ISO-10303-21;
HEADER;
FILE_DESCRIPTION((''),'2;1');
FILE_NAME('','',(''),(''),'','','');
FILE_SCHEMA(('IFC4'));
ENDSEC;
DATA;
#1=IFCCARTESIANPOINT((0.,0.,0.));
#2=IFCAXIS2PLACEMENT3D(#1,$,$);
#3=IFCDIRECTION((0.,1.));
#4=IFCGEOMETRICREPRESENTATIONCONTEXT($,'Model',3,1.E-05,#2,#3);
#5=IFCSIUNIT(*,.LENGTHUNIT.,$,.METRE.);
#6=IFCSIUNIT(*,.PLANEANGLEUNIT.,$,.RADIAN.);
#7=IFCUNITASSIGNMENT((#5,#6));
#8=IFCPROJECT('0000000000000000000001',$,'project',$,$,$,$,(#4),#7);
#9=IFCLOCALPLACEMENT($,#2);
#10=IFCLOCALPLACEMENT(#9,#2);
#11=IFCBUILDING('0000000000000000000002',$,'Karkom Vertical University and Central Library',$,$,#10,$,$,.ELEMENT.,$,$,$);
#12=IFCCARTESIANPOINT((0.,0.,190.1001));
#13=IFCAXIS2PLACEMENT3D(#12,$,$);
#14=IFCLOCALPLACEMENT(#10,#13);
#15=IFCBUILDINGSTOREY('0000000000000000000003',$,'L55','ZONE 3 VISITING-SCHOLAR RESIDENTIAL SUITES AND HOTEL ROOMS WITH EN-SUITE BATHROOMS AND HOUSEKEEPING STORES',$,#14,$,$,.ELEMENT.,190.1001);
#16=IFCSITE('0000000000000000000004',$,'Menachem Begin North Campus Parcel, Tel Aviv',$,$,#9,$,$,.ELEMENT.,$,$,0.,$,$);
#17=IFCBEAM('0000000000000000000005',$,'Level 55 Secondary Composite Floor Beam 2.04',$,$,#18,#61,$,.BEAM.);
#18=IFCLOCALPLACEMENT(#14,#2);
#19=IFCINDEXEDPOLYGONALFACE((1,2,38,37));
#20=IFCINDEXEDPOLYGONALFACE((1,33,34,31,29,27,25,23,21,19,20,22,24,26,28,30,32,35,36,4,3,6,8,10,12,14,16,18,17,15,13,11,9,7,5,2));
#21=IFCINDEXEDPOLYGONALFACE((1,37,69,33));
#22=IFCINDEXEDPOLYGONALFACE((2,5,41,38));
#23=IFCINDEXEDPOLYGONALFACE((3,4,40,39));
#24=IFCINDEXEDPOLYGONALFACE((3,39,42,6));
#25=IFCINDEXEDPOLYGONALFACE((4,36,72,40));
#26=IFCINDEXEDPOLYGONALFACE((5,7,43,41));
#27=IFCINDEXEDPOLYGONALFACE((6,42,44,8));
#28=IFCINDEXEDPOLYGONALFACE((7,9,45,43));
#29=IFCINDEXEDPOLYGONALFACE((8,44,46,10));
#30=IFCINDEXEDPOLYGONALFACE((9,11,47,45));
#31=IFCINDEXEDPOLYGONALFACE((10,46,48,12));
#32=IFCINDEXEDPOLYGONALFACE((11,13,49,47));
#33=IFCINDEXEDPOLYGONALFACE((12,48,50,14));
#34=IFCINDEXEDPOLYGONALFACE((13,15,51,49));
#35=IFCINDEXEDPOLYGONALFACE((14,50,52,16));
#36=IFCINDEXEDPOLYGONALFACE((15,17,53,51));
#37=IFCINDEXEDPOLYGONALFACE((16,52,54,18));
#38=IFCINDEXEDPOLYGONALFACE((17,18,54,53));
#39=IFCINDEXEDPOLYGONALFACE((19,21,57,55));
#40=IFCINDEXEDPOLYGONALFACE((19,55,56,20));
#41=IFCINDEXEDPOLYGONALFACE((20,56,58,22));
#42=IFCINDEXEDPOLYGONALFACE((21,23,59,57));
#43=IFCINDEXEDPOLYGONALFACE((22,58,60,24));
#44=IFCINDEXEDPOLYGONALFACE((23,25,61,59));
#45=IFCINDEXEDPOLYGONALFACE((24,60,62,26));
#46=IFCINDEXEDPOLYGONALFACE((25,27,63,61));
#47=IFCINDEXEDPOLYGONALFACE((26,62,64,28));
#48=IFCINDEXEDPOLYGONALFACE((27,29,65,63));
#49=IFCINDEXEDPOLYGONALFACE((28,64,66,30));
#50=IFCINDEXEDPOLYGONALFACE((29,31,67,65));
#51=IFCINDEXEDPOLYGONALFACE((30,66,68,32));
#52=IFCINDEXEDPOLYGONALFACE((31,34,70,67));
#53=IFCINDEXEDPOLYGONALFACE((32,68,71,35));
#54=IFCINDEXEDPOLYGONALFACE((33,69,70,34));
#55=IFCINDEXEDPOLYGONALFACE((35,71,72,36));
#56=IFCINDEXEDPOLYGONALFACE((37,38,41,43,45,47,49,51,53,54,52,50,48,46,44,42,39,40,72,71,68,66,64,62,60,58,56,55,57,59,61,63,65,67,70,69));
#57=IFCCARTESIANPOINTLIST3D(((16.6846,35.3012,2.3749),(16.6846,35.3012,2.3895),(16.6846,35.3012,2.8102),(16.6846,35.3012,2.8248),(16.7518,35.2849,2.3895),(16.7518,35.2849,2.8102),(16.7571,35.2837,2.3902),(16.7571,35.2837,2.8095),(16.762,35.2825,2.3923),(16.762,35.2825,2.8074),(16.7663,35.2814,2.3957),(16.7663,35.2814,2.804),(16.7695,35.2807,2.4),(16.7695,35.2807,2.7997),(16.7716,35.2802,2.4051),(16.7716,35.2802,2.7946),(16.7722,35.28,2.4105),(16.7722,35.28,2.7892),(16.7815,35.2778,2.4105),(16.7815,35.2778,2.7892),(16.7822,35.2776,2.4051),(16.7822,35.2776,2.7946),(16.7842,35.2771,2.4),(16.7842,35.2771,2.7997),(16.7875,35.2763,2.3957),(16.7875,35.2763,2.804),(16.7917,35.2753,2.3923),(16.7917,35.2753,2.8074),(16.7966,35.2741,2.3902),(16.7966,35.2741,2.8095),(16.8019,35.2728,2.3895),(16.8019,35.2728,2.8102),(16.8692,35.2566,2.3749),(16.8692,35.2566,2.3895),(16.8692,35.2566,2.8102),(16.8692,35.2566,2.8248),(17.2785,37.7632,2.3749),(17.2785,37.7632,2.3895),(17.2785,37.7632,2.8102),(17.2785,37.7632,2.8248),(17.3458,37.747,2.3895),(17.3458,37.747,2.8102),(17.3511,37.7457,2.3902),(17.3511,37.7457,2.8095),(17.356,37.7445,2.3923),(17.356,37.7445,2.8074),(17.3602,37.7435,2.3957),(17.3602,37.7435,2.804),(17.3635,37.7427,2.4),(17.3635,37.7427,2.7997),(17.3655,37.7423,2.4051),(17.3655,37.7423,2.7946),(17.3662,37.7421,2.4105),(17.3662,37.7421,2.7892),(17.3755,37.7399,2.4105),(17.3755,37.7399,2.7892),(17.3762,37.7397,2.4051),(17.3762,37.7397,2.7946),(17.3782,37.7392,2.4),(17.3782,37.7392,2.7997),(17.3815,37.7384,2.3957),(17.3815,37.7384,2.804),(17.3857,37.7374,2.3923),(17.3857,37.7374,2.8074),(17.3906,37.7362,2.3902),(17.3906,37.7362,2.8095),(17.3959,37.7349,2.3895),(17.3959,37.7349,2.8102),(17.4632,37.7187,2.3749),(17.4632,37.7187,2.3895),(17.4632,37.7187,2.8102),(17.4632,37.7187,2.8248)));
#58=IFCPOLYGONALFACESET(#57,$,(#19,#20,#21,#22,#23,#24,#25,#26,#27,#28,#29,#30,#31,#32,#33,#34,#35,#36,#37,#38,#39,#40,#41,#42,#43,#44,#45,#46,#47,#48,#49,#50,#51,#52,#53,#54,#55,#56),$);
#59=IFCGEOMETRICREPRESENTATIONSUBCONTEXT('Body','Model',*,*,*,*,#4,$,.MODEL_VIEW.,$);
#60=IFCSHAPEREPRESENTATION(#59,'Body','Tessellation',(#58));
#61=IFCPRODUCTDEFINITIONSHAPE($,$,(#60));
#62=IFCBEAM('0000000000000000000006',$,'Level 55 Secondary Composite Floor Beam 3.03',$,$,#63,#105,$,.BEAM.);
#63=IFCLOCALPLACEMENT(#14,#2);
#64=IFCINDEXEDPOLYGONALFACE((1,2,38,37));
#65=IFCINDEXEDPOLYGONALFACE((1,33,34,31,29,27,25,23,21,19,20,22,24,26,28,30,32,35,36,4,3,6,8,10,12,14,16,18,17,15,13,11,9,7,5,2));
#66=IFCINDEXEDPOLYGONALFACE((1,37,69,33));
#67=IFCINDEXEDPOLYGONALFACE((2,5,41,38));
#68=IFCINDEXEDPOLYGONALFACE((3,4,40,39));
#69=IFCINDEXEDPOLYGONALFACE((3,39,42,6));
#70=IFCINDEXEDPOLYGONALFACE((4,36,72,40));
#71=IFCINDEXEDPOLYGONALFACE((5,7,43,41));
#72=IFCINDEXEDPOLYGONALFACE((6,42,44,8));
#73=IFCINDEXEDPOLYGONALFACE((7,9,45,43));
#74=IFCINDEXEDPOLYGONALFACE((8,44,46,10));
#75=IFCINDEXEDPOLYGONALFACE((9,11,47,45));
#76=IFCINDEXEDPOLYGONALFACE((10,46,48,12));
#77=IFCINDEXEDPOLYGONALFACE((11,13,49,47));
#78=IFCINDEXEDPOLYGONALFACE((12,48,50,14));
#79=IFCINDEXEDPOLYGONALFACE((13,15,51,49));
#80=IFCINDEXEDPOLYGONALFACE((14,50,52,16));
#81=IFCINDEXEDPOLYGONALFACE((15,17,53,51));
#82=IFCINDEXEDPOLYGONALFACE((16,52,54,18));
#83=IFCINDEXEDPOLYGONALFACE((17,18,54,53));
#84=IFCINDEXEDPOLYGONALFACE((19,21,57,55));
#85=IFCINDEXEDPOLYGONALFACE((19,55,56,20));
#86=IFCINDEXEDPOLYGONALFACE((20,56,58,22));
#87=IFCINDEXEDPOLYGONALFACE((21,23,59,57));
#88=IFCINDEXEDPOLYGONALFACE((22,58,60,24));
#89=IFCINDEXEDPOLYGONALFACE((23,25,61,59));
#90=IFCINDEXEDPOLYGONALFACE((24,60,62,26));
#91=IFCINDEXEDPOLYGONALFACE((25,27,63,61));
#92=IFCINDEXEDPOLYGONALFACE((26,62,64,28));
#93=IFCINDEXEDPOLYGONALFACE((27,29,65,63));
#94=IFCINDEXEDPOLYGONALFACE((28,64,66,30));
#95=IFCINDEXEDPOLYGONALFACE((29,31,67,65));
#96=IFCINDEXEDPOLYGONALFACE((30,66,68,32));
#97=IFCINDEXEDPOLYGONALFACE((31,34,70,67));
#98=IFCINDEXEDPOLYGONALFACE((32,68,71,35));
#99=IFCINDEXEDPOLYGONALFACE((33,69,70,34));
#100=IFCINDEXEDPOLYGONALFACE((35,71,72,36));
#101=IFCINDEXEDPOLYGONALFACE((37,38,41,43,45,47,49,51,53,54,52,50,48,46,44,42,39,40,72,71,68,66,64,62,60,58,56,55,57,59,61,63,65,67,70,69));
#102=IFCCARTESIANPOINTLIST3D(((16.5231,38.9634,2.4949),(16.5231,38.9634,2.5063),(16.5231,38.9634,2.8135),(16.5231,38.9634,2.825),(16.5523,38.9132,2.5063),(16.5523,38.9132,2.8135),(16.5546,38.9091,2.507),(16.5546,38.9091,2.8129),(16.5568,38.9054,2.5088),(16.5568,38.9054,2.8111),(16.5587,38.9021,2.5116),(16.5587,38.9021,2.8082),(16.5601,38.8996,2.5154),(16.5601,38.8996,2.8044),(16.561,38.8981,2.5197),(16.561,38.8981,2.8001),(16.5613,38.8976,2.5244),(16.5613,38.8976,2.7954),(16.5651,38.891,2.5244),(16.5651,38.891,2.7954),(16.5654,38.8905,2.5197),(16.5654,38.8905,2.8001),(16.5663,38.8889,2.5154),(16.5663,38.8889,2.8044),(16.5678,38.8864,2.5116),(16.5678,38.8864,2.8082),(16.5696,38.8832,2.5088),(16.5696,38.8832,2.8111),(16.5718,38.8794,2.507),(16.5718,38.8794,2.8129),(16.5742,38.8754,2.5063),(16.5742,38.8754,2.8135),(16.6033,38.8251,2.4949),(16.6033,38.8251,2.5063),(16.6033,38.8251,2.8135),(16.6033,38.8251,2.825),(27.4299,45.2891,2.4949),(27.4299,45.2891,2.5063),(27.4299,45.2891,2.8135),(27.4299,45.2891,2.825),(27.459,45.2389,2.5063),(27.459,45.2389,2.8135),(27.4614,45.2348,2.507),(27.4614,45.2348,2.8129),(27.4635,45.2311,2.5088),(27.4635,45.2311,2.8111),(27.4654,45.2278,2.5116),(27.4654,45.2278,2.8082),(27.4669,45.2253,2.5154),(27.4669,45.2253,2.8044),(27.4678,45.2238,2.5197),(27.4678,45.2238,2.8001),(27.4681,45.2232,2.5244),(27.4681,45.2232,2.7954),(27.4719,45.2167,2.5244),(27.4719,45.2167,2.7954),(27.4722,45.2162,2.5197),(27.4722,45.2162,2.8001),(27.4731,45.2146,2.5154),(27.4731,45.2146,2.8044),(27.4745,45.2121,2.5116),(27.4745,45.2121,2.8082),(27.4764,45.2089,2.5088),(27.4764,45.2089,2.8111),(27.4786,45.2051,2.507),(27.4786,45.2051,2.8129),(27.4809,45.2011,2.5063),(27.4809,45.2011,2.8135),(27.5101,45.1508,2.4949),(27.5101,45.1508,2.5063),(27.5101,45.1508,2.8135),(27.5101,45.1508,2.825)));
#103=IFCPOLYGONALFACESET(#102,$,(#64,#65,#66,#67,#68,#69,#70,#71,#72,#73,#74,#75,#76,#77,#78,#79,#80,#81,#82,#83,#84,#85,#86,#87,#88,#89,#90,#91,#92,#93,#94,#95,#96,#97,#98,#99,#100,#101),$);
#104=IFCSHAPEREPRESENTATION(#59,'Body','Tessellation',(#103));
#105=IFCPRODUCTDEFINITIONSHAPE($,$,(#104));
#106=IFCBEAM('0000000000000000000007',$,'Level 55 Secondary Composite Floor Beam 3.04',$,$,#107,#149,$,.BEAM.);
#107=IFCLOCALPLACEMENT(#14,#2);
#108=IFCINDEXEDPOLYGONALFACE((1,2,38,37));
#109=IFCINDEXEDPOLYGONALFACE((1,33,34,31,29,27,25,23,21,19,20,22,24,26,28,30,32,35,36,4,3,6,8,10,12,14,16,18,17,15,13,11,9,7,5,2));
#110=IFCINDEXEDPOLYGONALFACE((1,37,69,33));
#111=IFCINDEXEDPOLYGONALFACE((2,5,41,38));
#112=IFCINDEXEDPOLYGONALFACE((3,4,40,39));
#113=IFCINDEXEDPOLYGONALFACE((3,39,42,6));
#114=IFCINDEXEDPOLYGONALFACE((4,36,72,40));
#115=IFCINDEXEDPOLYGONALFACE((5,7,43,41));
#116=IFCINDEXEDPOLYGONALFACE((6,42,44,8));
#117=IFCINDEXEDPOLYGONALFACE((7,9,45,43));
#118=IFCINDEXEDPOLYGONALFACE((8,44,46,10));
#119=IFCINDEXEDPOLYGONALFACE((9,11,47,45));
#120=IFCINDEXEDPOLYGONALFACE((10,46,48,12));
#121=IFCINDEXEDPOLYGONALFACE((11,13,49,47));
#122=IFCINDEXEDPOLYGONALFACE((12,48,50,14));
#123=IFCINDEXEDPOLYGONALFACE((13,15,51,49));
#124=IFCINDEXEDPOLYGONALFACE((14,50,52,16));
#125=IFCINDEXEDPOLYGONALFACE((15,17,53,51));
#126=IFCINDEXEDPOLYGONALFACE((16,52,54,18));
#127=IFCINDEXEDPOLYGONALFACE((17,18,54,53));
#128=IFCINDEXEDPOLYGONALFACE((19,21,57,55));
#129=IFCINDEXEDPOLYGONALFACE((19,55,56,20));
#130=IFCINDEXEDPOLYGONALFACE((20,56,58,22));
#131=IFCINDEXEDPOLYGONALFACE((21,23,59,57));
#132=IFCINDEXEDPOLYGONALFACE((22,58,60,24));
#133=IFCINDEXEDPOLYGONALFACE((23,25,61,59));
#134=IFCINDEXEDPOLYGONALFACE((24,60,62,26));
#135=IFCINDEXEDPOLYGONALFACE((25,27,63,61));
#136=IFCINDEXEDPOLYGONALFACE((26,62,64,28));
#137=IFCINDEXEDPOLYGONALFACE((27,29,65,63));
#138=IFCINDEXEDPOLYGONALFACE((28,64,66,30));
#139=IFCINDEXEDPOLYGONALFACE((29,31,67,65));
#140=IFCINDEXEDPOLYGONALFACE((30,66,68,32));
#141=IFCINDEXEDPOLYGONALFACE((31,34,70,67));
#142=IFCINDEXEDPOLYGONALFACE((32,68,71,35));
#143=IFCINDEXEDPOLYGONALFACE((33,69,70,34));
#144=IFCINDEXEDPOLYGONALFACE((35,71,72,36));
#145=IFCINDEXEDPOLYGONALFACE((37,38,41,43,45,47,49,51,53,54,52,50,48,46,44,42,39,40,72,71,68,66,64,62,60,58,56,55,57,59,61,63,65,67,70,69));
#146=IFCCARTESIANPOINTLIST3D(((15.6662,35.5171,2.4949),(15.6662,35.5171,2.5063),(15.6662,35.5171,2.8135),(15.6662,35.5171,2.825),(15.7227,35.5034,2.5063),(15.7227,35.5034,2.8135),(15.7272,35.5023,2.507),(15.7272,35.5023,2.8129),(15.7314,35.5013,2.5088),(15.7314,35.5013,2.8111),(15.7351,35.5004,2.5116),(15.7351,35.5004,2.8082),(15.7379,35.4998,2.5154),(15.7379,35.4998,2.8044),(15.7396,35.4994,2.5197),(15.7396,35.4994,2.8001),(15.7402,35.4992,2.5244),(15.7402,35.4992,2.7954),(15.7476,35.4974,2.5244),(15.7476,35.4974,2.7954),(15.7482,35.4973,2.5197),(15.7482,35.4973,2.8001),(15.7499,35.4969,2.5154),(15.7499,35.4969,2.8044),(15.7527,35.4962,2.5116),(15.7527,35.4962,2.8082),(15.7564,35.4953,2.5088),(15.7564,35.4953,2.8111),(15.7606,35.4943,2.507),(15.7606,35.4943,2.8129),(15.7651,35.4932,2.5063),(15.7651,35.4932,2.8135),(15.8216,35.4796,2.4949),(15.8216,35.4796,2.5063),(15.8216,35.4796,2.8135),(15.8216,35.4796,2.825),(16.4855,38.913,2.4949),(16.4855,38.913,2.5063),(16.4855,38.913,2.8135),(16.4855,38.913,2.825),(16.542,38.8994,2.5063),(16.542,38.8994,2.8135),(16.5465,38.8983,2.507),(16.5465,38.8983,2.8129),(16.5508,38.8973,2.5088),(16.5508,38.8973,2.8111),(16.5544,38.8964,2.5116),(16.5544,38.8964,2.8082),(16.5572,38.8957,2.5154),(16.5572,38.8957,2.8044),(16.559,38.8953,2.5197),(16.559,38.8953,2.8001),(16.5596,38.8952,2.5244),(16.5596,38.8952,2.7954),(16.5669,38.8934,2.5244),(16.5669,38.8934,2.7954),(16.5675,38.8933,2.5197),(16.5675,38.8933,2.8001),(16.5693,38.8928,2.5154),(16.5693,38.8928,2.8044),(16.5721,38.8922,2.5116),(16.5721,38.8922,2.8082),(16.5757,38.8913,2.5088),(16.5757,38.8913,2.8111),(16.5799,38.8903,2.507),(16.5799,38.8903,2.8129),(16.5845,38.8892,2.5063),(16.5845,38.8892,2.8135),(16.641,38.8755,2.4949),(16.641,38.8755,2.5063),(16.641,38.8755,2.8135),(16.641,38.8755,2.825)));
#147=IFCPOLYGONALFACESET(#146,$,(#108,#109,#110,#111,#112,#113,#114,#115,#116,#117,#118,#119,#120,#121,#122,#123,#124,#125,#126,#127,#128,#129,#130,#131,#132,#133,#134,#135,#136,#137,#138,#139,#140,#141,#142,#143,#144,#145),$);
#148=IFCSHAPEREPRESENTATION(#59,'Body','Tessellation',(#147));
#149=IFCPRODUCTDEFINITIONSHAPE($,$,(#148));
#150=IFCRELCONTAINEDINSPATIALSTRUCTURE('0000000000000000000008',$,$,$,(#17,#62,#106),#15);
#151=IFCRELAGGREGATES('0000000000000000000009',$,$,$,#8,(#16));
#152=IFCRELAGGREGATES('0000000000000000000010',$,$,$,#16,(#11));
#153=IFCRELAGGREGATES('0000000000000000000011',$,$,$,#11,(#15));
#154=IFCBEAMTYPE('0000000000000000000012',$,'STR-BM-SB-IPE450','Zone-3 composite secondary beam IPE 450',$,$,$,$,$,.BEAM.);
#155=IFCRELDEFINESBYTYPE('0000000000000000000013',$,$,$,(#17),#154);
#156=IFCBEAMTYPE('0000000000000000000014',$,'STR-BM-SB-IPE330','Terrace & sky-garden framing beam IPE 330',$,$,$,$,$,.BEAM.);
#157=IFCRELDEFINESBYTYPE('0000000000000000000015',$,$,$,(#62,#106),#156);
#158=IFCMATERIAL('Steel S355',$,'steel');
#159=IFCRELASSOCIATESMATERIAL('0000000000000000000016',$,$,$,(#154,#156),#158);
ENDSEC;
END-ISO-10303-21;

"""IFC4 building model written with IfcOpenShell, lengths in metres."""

from ifc_helpers import new_model, si_unit, direction, frame, origin, origin_with_axes, origin_2d, place, context, subcontext, project, spatial, i_section, extrude, source, transform, mapped, material, material_profile, profile_set, type_object, element, save


model = new_model("IFC4")

# Units and contexts
model_context = context("Model", 3, precision=1e-05, world=origin(), true_north=direction((0.0, 1.0)))
body_context = subcontext(model_context, "Body", "Model", "MODEL_VIEW")
ifc_project = project(units=[si_unit("LENGTHUNIT", "METRE"), si_unit("PLANEANGLEUNIT", "RADIAN")], contexts=[model_context])

# Site, building, storey
site_placement = place(None, origin())
site = spatial("IfcSite", under=ifc_project, at=site_placement, Name="Menachem Begin North Campus Parcel, Tel Aviv", CompositionType="ELEMENT", RefElevation=0.0)
building_placement = place(site_placement, origin())
building = spatial("IfcBuilding", under=site, at=building_placement, Name="Karkom Vertical University and Central Library", CompositionType="ELEMENT")
storey_placement = place(building_placement, frame((0.0, 0.0, 190.1001)))
storey = spatial("IfcBuildingStorey", under=building, at=storey_placement, Name="L55", Description="ZONE 3 VISITING-SCHOLAR RESIDENTIAL SUITES AND HOTEL ROOMS WITH EN-SUITE BATHROOMS AND HOUSEKEEPING STORES", CompositionType="ELEMENT", Elevation=190.1001)

# Beams
ifc_material_1 = material(Name="Steel S355", Category="steel")
ifc_material_profile_1 = material_profile(ifc_material_1, i_section(OverallWidth=0.1899, OverallDepth=0.45, WebThickness=0.0095, FlangeThickness=0.0146, FilletRadius=0.021, at=origin_2d()), Name="IPE 450")
ifc_profile_set_1 = profile_set([ifc_material_profile_1], Name="Steel S355")
beam_type_1 = type_object("IfcBeamType", Name="STR-BM-SB-IPE450", Description="Zone-3 composite secondary beam IPE 450", PredefinedType="BEAM", material=ifc_profile_set_1)
shared_shape_1 = source(origin_with_axes(), body_context, "Body", "SweptSolid", [
    extrude(i_section(OverallWidth=0.1899, OverallDepth=0.45, WebThickness=0.0095, FlangeThickness=0.0146, FilletRadius=0.021, at=origin_2d()), origin(), (0.0, 0.0, 1.0), 2.5327),
])
beam_1_placement = place(storey_placement, frame((17.3708, 37.741, 2.5999), z_axis=(-0.234521, -0.972111, 0.0), x_axis=(0.972111, -0.234521, 0.0)))
element("IfcBeam", 1, at=beam_1_placement, inside=storey, type_object=beam_type_1, Name="Level 55 Secondary Composite Floor Beam 2.04", PredefinedType="BEAM", context=body_context, shape_type="MappedRepresentation", body=[
    mapped(shared_shape_1, transform((0.0, 0.0, 0.0), scale=1.0)),
])
ifc_material_profile_2 = material_profile(ifc_material_1, i_section(OverallWidth=0.1599, OverallDepth=0.3301, WebThickness=0.0076, FlangeThickness=0.0115, FilletRadius=0.0181, at=origin_2d()), Name="IPE 330")
ifc_profile_set_2 = profile_set([ifc_material_profile_2], Name="Steel S355")
beam_type_2 = type_object("IfcBeamType", Name="STR-BM-SB-IPE330", Description="Terrace & sky-garden framing beam IPE 330", PredefinedType="BEAM", material=ifc_profile_set_2)
shared_shape_2 = source(origin_with_axes(), body_context, "Body", "SweptSolid", [
    extrude(i_section(OverallWidth=0.1599, OverallDepth=0.3301, WebThickness=0.0076, FlangeThickness=0.0115, FilletRadius=0.0181, at=origin_2d()), origin(), (0.0, 0.0, 1.0), 12.6084),
])
beam_2_placement = place(storey_placement, frame((27.47, 45.22, 2.6599), z_axis=(-0.865039, -0.501705, 0.0), x_axis=(0.501705, -0.865039, 0.0)))
element("IfcBeam", 2, at=beam_2_placement, inside=storey, type_object=beam_type_2, Name="Level 55 Secondary Composite Floor Beam 3.03", PredefinedType="BEAM", context=body_context, shape_type="MappedRepresentation", body=[
    mapped(shared_shape_2, transform((0.0, 0.0, 0.0), scale=1.0)),
])
shared_shape_3 = source(origin_with_axes(), body_context, "Body", "SweptSolid", [
    extrude(i_section(OverallWidth=0.1599, OverallDepth=0.3301, WebThickness=0.0076, FlangeThickness=0.0115, FilletRadius=0.0181, at=origin_2d()), origin(), (0.0, 0.0, 1.0), 3.4934),
])
beam_3_placement = place(storey_placement, frame((16.5632, 38.8943, 2.6599), z_axis=(-0.234536, -0.972107, 0.0), x_axis=(0.972107, -0.234536, 0.0)))
element("IfcBeam", 3, at=beam_3_placement, inside=storey, type_object=beam_type_2, Name="Level 55 Secondary Composite Floor Beam 3.04", PredefinedType="BEAM", context=body_context, shape_type="MappedRepresentation", body=[
    mapped(shared_shape_3, transform((0.0, 0.0, 0.0), scale=1.0)),
])

save(model, "model.ifc")
